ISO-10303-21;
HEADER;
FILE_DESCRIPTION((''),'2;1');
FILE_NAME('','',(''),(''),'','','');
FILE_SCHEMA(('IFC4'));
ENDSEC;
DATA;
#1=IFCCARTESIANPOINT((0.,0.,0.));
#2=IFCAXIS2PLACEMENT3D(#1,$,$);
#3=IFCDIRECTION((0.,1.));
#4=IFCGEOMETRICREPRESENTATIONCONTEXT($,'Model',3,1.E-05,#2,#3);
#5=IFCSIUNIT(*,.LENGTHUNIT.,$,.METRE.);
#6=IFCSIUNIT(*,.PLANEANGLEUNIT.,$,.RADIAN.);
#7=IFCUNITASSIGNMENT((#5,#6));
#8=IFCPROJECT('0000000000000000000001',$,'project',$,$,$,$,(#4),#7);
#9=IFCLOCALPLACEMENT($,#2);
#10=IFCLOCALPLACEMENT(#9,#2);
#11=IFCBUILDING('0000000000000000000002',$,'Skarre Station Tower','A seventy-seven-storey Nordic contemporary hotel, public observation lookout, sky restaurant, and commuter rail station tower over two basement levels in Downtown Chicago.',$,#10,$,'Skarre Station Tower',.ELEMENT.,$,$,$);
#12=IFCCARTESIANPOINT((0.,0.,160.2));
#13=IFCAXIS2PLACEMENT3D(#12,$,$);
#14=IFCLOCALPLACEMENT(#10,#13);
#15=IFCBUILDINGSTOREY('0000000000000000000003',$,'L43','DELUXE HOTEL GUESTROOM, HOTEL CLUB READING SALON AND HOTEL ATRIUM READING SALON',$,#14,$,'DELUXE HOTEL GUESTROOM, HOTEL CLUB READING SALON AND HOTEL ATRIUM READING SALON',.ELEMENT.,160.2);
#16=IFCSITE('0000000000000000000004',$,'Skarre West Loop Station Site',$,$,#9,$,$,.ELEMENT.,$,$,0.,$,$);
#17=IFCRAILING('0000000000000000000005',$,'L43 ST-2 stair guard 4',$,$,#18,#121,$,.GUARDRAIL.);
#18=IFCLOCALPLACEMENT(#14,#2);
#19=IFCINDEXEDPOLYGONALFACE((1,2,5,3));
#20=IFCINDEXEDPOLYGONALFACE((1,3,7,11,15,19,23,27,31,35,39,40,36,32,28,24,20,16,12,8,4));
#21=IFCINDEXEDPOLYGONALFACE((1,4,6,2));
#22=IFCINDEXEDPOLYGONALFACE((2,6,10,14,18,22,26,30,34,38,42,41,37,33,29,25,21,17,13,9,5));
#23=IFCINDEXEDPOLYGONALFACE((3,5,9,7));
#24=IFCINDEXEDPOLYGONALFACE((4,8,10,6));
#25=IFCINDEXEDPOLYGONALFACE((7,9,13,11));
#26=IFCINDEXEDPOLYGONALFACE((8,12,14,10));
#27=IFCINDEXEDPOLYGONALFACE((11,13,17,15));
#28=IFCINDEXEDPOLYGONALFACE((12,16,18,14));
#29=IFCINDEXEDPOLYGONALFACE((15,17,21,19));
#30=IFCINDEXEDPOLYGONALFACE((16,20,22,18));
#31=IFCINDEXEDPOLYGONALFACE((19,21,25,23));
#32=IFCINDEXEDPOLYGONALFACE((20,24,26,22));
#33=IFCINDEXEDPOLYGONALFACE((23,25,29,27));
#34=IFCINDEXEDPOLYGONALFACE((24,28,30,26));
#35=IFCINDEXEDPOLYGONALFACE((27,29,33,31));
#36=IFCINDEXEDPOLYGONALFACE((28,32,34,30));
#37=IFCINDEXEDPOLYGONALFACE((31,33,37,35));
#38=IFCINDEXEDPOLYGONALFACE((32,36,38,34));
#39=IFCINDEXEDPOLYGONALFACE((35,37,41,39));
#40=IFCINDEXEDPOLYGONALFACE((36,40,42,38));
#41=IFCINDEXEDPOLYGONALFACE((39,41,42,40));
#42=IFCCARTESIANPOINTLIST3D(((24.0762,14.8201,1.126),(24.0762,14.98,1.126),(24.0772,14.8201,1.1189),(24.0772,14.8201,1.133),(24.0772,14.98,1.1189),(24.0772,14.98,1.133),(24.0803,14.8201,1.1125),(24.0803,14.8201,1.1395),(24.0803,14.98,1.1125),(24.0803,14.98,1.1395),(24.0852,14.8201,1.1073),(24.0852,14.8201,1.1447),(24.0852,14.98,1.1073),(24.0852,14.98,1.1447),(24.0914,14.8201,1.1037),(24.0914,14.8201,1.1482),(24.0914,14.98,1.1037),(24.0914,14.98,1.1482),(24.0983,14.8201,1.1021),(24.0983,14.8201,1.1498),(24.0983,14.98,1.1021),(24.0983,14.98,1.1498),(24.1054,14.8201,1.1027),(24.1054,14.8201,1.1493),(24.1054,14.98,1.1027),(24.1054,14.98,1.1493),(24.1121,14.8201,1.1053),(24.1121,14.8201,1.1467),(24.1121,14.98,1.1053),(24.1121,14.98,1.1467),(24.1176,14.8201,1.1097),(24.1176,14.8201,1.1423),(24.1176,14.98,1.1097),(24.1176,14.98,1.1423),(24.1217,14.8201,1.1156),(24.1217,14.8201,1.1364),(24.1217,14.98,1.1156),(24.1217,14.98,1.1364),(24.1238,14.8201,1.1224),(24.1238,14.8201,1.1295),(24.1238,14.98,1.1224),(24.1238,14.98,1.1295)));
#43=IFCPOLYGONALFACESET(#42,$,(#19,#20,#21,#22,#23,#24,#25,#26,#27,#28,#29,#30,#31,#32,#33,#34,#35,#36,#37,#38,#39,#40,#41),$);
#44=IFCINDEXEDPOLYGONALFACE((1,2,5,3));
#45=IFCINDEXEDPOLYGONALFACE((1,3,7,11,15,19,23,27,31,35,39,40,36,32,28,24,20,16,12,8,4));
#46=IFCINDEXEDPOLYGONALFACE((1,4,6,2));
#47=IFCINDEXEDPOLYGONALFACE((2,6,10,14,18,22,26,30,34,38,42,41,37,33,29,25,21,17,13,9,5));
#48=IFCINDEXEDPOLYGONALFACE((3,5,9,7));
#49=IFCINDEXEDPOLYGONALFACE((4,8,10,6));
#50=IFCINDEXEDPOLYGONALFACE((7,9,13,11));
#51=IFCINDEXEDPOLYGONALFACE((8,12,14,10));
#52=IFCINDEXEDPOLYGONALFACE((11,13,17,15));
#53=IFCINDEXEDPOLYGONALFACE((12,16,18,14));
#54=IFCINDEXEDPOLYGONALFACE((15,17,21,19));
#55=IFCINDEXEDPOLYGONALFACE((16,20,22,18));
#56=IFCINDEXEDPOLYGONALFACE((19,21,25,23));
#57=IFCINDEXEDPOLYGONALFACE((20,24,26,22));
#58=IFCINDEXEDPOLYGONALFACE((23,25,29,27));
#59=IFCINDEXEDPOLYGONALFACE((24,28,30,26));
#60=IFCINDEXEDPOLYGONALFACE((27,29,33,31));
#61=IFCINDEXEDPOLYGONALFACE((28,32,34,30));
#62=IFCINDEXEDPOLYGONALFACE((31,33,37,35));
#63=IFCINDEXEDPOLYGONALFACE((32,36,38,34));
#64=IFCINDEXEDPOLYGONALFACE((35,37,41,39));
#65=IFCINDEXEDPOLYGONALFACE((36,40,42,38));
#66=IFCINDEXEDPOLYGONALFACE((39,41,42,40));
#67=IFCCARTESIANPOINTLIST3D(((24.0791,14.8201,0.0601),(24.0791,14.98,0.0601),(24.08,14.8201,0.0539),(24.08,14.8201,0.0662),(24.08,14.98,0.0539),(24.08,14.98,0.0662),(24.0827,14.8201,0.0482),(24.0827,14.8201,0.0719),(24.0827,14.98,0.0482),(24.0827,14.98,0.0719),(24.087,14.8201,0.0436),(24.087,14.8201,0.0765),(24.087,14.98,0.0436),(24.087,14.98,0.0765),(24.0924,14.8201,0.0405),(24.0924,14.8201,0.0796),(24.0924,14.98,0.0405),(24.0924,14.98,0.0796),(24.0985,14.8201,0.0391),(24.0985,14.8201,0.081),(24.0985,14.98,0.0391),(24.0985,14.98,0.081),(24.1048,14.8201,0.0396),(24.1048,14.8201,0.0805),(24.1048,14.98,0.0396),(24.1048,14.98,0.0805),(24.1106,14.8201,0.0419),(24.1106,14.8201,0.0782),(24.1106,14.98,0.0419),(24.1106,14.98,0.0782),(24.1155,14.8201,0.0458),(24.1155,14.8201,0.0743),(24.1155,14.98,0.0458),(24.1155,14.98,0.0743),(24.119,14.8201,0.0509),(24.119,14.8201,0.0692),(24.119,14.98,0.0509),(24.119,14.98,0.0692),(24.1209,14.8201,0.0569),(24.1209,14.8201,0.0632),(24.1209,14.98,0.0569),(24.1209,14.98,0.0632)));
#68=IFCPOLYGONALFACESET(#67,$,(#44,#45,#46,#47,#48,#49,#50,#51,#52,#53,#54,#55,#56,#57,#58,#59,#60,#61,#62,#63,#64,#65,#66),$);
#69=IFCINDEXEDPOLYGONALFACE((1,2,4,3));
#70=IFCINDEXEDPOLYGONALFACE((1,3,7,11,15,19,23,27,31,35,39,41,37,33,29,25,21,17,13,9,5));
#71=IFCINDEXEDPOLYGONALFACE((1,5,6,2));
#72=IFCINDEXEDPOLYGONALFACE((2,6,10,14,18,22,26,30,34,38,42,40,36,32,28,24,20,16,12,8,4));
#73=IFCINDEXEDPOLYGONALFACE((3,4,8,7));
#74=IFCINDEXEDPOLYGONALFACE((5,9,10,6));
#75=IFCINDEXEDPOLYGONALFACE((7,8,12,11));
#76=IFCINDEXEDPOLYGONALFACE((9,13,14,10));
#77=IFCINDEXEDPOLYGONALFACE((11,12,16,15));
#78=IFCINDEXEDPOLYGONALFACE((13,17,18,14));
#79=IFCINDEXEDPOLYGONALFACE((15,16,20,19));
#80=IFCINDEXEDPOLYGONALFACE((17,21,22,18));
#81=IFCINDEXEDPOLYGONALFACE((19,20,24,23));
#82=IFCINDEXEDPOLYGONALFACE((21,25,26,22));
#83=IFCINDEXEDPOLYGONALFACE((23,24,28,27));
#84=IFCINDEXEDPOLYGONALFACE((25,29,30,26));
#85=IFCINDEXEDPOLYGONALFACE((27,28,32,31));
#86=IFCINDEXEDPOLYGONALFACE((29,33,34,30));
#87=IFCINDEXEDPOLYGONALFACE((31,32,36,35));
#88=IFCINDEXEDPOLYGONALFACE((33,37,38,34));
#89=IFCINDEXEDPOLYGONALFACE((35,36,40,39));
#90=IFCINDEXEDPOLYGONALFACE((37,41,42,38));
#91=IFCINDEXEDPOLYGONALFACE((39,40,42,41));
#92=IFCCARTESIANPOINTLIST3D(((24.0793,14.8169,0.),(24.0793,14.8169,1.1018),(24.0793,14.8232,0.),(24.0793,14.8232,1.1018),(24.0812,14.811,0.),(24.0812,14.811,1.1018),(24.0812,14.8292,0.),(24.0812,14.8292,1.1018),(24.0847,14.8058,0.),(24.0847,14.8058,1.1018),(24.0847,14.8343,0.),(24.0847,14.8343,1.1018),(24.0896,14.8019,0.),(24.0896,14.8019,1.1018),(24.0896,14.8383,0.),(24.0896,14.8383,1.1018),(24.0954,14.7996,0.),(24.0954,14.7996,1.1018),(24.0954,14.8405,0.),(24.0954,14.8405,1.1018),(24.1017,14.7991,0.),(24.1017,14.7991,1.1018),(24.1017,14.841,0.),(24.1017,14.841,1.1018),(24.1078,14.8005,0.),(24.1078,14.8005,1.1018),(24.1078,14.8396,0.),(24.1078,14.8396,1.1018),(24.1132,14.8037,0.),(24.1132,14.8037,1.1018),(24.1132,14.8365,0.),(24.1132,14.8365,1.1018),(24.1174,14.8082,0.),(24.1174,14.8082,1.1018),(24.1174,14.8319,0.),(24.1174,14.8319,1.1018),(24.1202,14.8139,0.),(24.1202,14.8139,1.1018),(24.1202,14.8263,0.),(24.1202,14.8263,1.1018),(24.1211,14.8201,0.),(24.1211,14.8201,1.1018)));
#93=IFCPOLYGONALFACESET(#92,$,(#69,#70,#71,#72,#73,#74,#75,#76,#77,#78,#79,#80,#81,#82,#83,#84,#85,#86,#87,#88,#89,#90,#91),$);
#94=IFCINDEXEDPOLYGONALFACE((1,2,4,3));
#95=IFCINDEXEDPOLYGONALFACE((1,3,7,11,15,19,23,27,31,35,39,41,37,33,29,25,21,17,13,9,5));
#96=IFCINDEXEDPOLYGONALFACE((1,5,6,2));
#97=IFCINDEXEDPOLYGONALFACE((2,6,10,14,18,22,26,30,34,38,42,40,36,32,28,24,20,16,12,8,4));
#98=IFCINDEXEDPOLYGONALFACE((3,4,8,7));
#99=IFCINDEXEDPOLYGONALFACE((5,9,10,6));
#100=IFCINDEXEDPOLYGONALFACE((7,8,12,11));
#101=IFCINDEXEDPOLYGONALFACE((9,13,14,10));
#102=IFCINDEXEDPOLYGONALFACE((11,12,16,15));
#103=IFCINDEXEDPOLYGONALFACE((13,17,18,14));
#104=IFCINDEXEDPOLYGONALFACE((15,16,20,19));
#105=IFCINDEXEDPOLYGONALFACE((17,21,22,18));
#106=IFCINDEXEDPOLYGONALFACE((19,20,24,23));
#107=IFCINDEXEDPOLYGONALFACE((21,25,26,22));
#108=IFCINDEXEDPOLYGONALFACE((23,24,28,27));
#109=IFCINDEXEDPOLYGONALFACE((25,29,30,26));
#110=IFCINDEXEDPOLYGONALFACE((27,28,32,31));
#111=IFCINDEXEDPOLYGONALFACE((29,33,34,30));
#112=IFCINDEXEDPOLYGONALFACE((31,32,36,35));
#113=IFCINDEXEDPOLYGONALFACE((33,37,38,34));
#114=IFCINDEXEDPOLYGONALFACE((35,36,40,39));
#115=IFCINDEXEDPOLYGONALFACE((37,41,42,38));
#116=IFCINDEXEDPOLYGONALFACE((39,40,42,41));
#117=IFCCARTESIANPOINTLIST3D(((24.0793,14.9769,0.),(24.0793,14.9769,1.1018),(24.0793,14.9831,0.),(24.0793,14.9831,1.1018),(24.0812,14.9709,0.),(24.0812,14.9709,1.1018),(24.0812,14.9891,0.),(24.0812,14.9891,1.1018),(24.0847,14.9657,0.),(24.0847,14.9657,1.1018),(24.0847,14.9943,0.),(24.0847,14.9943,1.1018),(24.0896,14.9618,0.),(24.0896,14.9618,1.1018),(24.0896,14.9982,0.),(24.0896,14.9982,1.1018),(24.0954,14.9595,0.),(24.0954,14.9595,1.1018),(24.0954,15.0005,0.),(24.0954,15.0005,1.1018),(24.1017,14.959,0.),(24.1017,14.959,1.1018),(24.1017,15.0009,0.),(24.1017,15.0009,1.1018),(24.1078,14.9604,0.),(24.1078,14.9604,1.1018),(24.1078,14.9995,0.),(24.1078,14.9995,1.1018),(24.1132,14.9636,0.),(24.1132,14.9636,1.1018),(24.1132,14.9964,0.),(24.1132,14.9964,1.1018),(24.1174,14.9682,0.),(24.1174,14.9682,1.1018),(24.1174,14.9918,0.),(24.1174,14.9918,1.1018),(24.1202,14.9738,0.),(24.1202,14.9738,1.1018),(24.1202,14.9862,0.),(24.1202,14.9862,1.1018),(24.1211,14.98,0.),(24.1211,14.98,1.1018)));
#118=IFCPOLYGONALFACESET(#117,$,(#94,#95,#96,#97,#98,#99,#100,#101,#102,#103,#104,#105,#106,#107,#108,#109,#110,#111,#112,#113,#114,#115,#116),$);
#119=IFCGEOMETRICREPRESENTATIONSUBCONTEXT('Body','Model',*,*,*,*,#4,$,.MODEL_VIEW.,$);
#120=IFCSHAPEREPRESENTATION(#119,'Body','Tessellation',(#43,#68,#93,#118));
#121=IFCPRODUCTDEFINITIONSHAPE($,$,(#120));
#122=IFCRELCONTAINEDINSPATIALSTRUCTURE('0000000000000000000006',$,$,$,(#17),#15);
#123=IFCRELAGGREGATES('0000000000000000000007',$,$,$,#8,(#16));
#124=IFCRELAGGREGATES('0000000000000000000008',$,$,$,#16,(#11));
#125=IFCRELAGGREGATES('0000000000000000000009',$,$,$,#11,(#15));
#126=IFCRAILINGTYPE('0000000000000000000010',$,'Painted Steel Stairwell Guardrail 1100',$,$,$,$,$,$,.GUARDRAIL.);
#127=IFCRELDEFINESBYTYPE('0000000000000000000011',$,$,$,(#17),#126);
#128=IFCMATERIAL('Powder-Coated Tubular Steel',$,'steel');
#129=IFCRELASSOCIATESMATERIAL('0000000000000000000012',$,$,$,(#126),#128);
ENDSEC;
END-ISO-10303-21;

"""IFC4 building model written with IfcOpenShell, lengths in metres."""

from ifc_helpers import new_model, si_unit, direction, frame, origin, origin_2d, place, context, subcontext, project, spatial, circle, extrude, material, type_object, element, save


model = new_model("IFC4")

# Units and contexts
model_context = context("Model", 3, precision=1e-05, world=origin(), true_north=direction((0.0, 1.0)))
body_context = subcontext(model_context, "Body", "Model", "MODEL_VIEW")
ifc_project = project(units=[si_unit("LENGTHUNIT", "METRE"), si_unit("PLANEANGLEUNIT", "RADIAN")], contexts=[model_context])

# Site, building, storey
site_placement = place(None, origin())
site = spatial("IfcSite", under=ifc_project, at=site_placement, Name="Skarre West Loop Station Site", CompositionType="ELEMENT", RefElevation=0.0)
building_placement = place(site_placement, origin())
building = spatial("IfcBuilding", under=site, at=building_placement, Name="Skarre Station Tower", Description="A seventy-seven-storey Nordic contemporary hotel, public observation lookout, sky restaurant, and commuter rail station tower over two basement levels in Downtown Chicago.", LongName="Skarre Station Tower", CompositionType="ELEMENT")
storey_placement = place(building_placement, frame((0.0, 0.0, 160.2)))
storey = spatial("IfcBuildingStorey", under=building, at=storey_placement, Name="L43", Description="DELUXE HOTEL GUESTROOM, HOTEL CLUB READING SALON AND HOTEL ATRIUM READING SALON", LongName="DELUXE HOTEL GUESTROOM, HOTEL CLUB READING SALON AND HOTEL ATRIUM READING SALON", CompositionType="ELEMENT", Elevation=160.2)

# Railing
ifc_material_1 = material(Name="Powder-Coated Tubular Steel", Category="steel")
railing_type_1 = type_object("IfcRailingType", Name="Painted Steel Stairwell Guardrail 1100", PredefinedType="GUARDRAIL", material=ifc_material_1)
railing_1_placement = place(storey_placement, frame((24.1001, 14.8201, 0.0)))
element("IfcRailing", 1, at=railing_1_placement, inside=storey, type_object=railing_type_1, Name="L43 ST-2 stair guard 4", PredefinedType="GUARDRAIL", context=body_context, shape_type="SweptSolid", body=[
    extrude(circle(Radius=0.0239, at=origin_2d()), frame((0.0, 0.0, 1.126), z_axis=(0.0, 1.0, 0.0), x_axis=(-1.0, 0.0, 0.0)), (0.0, 0.0, 1.0), 0.1599),
    extrude(circle(Radius=0.021, at=origin_2d()), frame((0.0, 0.0, 0.0601), z_axis=(0.0, 1.0, 0.0), x_axis=(-1.0, 0.0, 0.0)), (0.0, 0.0, 1.0), 0.1599),
    extrude(circle(Radius=0.021, at=origin_2d()), origin(), (0.0, 0.0, 1.0), 1.1018),
    extrude(circle(Radius=0.021, at=origin_2d()), frame((0.0, 0.1599, 0.0)), (0.0, 0.0, 1.0), 1.1018),
])

save(model, "model.ifc")
